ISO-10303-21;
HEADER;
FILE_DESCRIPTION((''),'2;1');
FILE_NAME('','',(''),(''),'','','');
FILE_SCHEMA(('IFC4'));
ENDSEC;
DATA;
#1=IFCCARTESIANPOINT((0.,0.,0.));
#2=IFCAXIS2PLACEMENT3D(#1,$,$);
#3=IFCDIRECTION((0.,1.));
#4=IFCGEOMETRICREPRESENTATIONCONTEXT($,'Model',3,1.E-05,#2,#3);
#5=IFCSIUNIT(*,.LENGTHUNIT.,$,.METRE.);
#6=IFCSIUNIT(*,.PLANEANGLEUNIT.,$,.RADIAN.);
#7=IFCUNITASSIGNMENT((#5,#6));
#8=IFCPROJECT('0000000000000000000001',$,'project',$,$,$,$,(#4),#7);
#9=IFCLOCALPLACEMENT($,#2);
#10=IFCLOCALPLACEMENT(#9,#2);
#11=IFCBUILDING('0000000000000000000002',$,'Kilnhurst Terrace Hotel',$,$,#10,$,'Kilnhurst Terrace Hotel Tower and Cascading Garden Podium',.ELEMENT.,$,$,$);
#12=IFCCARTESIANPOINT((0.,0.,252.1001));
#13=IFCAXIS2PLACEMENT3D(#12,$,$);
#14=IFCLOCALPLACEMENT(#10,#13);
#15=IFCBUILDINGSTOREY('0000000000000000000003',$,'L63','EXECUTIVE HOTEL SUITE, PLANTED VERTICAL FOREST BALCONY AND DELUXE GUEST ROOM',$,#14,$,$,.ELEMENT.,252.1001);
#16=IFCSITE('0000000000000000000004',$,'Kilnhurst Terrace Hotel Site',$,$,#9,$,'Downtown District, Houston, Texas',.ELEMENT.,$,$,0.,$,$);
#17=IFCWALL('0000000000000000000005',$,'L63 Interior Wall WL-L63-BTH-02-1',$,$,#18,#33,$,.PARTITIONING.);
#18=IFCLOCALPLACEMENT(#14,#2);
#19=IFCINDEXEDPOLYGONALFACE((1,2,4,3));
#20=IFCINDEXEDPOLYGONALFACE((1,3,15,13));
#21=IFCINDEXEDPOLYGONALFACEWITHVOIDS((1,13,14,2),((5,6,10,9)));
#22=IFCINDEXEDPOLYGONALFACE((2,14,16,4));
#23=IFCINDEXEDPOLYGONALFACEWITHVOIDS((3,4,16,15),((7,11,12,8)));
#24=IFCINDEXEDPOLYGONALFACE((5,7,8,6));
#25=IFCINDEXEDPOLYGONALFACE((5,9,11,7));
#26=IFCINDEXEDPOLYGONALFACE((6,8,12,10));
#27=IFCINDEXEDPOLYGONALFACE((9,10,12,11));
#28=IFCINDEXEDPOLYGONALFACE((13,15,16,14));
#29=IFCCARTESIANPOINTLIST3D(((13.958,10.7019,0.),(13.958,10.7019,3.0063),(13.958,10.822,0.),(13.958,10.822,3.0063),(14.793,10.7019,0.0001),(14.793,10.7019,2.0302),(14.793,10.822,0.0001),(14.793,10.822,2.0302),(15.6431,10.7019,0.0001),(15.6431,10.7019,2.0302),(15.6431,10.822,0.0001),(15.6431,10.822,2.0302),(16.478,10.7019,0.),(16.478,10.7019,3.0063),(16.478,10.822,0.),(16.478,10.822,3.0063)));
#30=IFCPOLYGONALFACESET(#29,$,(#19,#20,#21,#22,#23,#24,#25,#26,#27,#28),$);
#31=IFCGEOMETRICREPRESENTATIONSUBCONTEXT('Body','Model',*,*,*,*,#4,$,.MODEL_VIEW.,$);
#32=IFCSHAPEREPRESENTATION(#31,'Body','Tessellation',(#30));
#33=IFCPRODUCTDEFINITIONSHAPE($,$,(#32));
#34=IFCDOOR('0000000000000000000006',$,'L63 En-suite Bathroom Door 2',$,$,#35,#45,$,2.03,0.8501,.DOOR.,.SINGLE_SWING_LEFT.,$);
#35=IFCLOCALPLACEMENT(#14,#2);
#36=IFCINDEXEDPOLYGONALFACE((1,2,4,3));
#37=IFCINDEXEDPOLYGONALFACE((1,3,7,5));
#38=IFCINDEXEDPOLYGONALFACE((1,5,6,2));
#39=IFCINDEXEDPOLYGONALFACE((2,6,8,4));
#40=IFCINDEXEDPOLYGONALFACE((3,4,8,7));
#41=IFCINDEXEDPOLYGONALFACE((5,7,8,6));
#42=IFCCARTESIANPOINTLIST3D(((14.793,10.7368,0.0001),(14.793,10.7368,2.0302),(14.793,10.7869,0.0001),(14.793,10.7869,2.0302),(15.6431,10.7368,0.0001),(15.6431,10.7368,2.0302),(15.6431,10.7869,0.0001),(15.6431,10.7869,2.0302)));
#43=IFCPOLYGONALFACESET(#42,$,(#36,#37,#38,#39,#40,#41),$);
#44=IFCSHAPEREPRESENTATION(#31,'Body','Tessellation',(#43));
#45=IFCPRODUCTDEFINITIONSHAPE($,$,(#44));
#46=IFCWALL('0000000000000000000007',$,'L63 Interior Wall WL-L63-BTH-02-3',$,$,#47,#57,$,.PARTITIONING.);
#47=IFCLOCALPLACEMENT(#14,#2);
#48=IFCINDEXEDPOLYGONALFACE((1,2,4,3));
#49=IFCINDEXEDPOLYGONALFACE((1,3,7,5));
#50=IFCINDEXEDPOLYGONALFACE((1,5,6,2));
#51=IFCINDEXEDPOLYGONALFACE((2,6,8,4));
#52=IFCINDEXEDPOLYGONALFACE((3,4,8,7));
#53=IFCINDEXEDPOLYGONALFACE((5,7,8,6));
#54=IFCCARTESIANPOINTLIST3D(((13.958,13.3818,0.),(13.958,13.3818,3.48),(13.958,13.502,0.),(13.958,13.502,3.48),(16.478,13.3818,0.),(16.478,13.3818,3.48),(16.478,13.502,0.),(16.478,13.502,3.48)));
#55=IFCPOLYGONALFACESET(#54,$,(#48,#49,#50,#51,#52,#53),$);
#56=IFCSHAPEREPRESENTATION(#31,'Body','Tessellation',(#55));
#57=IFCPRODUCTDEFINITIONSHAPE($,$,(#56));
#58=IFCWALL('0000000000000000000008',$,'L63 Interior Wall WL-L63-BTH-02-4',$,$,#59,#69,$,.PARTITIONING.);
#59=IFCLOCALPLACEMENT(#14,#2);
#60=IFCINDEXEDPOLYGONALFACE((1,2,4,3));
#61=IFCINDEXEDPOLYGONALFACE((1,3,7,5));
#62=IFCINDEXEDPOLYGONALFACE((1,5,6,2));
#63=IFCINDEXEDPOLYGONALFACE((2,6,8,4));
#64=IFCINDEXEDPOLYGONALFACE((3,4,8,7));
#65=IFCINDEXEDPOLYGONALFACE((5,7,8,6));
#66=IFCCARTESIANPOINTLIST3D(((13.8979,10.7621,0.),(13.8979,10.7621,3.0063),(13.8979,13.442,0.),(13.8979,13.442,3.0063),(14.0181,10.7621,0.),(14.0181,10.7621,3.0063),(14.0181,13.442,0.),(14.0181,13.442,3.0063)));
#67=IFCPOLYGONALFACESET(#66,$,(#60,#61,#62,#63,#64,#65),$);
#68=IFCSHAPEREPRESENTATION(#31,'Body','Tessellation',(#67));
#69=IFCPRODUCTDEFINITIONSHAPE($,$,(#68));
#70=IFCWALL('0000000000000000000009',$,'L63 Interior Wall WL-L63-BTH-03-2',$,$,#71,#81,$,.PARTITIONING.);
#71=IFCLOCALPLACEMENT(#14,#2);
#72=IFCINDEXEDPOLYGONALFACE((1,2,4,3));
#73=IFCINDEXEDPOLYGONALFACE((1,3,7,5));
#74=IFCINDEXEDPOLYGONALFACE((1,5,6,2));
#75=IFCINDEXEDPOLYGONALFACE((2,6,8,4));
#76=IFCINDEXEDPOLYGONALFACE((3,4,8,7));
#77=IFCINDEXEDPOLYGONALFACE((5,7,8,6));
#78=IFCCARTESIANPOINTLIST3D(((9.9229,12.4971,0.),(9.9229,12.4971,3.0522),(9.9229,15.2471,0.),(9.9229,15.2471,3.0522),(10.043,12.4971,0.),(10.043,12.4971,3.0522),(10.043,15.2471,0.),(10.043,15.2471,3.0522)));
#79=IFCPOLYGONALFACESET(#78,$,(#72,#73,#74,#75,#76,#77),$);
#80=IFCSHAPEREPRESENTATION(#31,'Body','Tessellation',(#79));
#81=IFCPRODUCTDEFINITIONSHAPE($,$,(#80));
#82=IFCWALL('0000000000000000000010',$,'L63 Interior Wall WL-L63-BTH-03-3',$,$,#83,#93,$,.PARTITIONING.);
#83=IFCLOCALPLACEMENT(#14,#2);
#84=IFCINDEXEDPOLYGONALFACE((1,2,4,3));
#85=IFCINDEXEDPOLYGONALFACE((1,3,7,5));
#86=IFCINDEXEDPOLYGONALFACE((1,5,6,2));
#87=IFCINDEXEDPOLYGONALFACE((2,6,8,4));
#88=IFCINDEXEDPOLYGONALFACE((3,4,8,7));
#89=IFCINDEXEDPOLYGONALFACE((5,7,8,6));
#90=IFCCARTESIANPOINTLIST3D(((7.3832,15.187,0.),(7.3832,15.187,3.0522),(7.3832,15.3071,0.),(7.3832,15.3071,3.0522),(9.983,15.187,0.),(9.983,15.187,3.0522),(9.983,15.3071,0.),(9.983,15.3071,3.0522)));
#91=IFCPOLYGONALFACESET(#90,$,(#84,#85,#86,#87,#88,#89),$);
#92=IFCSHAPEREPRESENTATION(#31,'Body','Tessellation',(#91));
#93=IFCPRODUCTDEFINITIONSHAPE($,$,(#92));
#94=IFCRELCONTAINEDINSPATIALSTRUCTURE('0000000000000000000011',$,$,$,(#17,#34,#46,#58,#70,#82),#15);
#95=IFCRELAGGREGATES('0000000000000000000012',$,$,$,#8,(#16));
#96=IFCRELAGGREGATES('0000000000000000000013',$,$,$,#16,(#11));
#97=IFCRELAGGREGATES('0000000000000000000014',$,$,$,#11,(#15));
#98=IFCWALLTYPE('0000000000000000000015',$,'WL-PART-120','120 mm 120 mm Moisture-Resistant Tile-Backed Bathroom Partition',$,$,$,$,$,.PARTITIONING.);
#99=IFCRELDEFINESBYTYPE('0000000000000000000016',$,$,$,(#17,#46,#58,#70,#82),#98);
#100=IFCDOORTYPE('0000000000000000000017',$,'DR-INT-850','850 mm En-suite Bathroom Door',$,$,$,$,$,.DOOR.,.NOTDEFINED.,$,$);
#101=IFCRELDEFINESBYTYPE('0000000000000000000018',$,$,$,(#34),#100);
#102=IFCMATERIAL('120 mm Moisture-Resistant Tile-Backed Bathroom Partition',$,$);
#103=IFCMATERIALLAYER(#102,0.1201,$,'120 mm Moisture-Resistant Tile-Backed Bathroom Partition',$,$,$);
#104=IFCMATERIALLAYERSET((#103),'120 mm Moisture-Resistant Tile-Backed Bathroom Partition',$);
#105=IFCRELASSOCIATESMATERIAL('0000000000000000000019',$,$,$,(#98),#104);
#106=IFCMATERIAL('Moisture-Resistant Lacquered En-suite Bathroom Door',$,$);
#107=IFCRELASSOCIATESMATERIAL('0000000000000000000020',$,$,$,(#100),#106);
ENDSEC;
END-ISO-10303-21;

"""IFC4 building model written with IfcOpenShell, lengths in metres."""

from ifc_helpers import new_model, si_unit, direction, frame, frame_2d, origin, place, context, subcontext, project, spatial, rectangle, extrude, material, layer, layer_set, type_object, element, fill, save


model = new_model("IFC4")

# Units and contexts
model_context = context("Model", 3, precision=1e-05, world=origin(), true_north=direction((0.0, 1.0)))
body_context = subcontext(model_context, "Body", "Model", "MODEL_VIEW")
ifc_project = project(units=[si_unit("LENGTHUNIT", "METRE"), si_unit("PLANEANGLEUNIT", "RADIAN")], contexts=[model_context])

# Site, building, storey
site_placement = place(None, origin())
site = spatial("IfcSite", under=ifc_project, at=site_placement, Name="Kilnhurst Terrace Hotel Site", LongName="Downtown District, Houston, Texas", CompositionType="ELEMENT", RefElevation=0.0)
building_placement = place(site_placement, origin())
building = spatial("IfcBuilding", under=site, at=building_placement, Name="Kilnhurst Terrace Hotel", LongName="Kilnhurst Terrace Hotel Tower and Cascading Garden Podium", CompositionType="ELEMENT")
storey_placement = place(building_placement, frame((0.0, 0.0, 252.1001)))
storey = spatial("IfcBuildingStorey", under=building, at=storey_placement, Name="L63", Description="EXECUTIVE HOTEL SUITE, PLANTED VERTICAL FOREST BALCONY AND DELUXE GUEST ROOM", CompositionType="ELEMENT", Elevation=252.1001)

# Wall, opening, door
ifc_material_1 = material(Name="120 mm Moisture-Resistant Tile-Backed Bathroom Partition")
ifc_layer_1 = layer(ifc_material_1, 0.1201, Name="120 mm Moisture-Resistant Tile-Backed Bathroom Partition")
ifc_layer_set_1 = layer_set([ifc_layer_1], Name="120 mm Moisture-Resistant Tile-Backed Bathroom Partition")
wall_type_1 = type_object("IfcWallType", Name="WL-PART-120", Description="120 mm 120 mm Moisture-Resistant Tile-Backed Bathroom Partition", PredefinedType="PARTITIONING", material=ifc_layer_set_1)
wall_1_placement = place(storey_placement, frame((13.958, 10.762, 0.0), z_axis=(0.0, 0.0, 1.0), x_axis=(1.0, 0.0, 0.0)))
wall_1 = element("IfcWall", 1, at=wall_1_placement, inside=storey, type_object=wall_type_1, Name="L63 Interior Wall WL-L63-BTH-02-1", PredefinedType="PARTITIONING", context=body_context, shape_type="SweptSolid", body=[
    extrude(rectangle(XDim=2.52, YDim=0.1201, at=frame_2d((1.26, 0.0))), origin(), (0.0, 0.0, 1.0), 3.0063),
])
opening_1_placement = place(wall_1_placement, frame((0.835, 0.0, 0.0)))
opening_1 = element("IfcOpeningElement", 2, at=opening_1_placement, cuts=wall_1, PredefinedType="OPENING", context=body_context, shape_type="SweptSolid", body=[
    extrude(rectangle(XDim=0.8501, YDim=2.03, at=frame_2d((0.425, 1.0151))), frame((0.0, 0.0701, 0.0), z_axis=(0.0, -1.0, 0.0), x_axis=(1.0, 0.0, 0.0)), (0.0, 0.0, 1.0), 0.1401),
])
ifc_material_2 = material(Name="Moisture-Resistant Lacquered En-suite Bathroom Door")
door_type_1 = type_object("IfcDoorType", Name="DR-INT-850", Description="850 mm En-suite Bathroom Door", OperationType="NOTDEFINED", PredefinedType="DOOR", material=ifc_material_2)
door_1_placement = place(opening_1_placement, origin())
door_1 = element("IfcDoor", 3, at=door_1_placement, inside=storey, type_object=door_type_1, Name="L63 En-suite Bathroom Door 2", OperationType="SINGLE_SWING_LEFT", OverallHeight=2.03, OverallWidth=0.8501, PredefinedType="DOOR", context=body_context, shape_type="SweptSolid", body=[
    extrude(rectangle(XDim=0.8501, YDim=2.03, at=frame_2d((0.425, 1.0151))), frame((0.0, 0.0249, 0.0), z_axis=(0.0, -1.0, 0.0), x_axis=(1.0, 0.0, 0.0)), (0.0, 0.0, 1.0), 0.05),
])
fill(opening_1, door_1)

# Walls
wall_2_placement = place(storey_placement, frame((16.478, 13.4419, 0.0), z_axis=(0.0, 0.0, 1.0), x_axis=(-1.0, 0.0, 0.0)))
element("IfcWall", 4, at=wall_2_placement, inside=storey, type_object=wall_type_1, Name="L63 Interior Wall WL-L63-BTH-02-3", PredefinedType="PARTITIONING", context=body_context, shape_type="SweptSolid", body=[
    extrude(rectangle(XDim=2.52, YDim=0.1201, at=frame_2d((1.26, 0.0))), origin(), (0.0, 0.0, 1.0), 3.48),
])
wall_3_placement = place(storey_placement, frame((13.958, 13.4419, 0.0), z_axis=(0.0, 0.0, 1.0), x_axis=(0.0, -1.0, 0.0)))
element("IfcWall", 5, at=wall_3_placement, inside=storey, type_object=wall_type_1, Name="L63 Interior Wall WL-L63-BTH-02-4", PredefinedType="PARTITIONING", context=body_context, shape_type="SweptSolid", body=[
    extrude(rectangle(XDim=2.6799, YDim=0.1201, at=frame_2d((1.3398, 0.0))), origin(), (0.0, 0.0, 1.0), 3.0063),
])
wall_4_placement = place(storey_placement, frame((9.9829, 12.4971, 0.0), z_axis=(0.0, 0.0, 1.0), x_axis=(0.0, 1.0, 0.0)))
element("IfcWall", 6, at=wall_4_placement, inside=storey, type_object=wall_type_1, Name="L63 Interior Wall WL-L63-BTH-03-2", PredefinedType="PARTITIONING", context=body_context, shape_type="SweptSolid", body=[
    extrude(rectangle(XDim=2.75, YDim=0.1201, at=frame_2d((1.375, 0.0))), origin(), (0.0, 0.0, 1.0), 3.0522),
])
wall_5_placement = place(storey_placement, frame((9.9829, 15.2471, 0.0), z_axis=(0.0, 0.0, 1.0), x_axis=(-1.0, 0.0, 0.0)))
element("IfcWall", 7, at=wall_5_placement, inside=storey, type_object=wall_type_1, Name="L63 Interior Wall WL-L63-BTH-03-3", PredefinedType="PARTITIONING", context=body_context, shape_type="SweptSolid", body=[
    extrude(rectangle(XDim=2.5999, YDim=0.1201, at=frame_2d((1.2998, 0.0))), origin(), (0.0, 0.0, 1.0), 3.0522),
])

save(model, "model.ifc")
